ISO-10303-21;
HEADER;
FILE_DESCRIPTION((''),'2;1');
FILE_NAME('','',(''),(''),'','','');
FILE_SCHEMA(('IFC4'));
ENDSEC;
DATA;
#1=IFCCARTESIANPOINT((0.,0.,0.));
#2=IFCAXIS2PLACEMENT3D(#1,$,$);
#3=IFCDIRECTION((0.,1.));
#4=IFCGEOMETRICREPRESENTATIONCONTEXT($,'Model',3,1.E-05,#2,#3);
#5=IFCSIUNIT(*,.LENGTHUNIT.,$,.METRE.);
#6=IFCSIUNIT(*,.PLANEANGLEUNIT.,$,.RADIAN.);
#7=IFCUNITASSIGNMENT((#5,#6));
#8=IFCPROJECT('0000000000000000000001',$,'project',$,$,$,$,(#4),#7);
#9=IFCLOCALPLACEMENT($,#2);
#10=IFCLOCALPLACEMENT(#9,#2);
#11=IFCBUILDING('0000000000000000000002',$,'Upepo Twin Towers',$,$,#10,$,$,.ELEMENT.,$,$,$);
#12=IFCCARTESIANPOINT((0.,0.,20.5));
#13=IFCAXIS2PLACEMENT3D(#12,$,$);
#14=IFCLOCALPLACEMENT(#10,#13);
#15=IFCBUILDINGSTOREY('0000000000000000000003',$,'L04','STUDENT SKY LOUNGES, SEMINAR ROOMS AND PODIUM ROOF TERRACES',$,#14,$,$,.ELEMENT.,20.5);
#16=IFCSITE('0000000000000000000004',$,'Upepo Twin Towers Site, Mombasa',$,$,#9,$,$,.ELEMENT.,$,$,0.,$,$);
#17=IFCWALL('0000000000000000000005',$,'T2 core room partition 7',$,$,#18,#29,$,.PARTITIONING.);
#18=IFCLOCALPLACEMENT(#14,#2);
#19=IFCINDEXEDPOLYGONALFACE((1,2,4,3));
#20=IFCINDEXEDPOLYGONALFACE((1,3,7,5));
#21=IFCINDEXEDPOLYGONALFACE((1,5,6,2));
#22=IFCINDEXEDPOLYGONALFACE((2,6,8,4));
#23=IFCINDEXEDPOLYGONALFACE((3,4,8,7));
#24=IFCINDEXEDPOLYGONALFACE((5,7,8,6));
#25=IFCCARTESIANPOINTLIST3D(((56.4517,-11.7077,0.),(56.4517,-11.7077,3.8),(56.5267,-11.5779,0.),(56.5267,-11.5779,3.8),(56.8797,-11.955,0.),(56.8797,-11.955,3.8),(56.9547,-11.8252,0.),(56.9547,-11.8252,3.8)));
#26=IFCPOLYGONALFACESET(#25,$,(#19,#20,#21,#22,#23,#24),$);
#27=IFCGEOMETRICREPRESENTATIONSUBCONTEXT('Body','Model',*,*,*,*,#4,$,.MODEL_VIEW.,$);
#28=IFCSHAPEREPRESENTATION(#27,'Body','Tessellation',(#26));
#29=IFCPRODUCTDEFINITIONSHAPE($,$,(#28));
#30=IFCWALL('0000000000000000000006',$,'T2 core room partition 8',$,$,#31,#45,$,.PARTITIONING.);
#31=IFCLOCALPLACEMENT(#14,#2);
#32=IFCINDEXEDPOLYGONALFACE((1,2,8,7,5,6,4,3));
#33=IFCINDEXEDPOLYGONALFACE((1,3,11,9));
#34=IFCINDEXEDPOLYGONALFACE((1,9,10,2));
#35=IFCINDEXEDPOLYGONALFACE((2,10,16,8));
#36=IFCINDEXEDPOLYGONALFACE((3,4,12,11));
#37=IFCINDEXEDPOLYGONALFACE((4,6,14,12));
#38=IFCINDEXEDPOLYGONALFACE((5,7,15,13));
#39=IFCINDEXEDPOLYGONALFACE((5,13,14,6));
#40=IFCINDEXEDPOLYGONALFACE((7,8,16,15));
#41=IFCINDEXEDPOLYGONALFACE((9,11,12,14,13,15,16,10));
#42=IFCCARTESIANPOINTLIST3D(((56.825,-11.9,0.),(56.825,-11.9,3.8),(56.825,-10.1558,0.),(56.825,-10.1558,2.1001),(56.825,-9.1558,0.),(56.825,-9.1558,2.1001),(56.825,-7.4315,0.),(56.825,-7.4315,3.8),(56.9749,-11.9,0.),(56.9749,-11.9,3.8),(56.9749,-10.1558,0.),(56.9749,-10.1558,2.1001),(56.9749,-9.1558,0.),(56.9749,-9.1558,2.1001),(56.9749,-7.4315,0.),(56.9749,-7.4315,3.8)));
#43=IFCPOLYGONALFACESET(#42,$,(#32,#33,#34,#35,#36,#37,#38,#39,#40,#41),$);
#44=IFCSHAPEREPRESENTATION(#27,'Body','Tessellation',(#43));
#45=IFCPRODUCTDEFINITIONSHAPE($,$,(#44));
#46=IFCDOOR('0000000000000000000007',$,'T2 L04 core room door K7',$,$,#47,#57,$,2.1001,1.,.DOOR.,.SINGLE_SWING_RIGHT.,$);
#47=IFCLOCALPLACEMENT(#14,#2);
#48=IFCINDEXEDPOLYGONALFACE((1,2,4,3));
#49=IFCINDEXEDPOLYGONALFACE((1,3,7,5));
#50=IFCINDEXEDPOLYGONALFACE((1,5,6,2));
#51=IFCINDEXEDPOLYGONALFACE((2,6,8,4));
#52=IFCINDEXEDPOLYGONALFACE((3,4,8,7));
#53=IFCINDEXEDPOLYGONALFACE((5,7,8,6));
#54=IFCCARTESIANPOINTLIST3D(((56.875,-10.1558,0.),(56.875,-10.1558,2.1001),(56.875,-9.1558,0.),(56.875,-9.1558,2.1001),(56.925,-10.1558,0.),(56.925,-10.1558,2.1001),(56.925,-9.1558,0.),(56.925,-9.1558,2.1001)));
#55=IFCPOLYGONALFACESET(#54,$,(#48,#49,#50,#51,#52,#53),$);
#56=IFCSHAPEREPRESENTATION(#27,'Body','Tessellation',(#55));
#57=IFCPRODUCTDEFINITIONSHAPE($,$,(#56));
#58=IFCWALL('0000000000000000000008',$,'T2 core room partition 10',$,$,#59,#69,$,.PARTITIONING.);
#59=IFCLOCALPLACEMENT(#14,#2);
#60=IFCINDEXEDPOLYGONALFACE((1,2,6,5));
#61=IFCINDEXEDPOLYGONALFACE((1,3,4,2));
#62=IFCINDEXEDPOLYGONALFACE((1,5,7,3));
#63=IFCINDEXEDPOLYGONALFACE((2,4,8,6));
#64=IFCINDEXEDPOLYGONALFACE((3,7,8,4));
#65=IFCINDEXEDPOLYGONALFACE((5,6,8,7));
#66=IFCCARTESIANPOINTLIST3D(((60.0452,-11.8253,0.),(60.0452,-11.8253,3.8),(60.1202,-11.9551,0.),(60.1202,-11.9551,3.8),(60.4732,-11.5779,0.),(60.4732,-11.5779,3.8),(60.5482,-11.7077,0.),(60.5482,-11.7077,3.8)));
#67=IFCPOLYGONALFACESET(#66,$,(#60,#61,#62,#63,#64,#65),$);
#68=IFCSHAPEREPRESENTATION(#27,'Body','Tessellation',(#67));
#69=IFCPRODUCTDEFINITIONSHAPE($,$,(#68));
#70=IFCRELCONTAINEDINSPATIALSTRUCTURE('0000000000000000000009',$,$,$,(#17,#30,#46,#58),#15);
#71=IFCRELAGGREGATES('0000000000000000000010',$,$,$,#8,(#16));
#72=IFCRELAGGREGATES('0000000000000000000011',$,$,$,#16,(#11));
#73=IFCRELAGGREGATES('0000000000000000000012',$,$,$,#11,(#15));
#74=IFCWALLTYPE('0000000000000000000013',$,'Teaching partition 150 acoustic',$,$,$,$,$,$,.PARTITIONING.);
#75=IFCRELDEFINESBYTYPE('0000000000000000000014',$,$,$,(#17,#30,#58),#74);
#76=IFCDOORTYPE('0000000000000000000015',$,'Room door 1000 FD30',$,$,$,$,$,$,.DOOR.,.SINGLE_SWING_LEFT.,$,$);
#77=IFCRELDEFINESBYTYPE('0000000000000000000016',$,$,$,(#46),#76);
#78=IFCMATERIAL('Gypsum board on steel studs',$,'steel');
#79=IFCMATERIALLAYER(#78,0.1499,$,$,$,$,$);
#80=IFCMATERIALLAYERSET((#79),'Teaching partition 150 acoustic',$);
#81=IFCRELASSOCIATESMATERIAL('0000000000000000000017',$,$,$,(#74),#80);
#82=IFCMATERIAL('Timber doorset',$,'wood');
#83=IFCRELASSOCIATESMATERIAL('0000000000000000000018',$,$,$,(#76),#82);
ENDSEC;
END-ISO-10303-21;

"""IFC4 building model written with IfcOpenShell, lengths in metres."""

from ifc_helpers import new_model, si_unit, direction, frame, frame_2d, origin, place, context, subcontext, project, spatial, rectangle, extrude, material, layer, layer_set, type_object, element, fill, save


model = new_model("IFC4")

# Units and contexts
model_context = context("Model", 3, precision=1e-05, world=origin(), true_north=direction((0.0, 1.0)))
body_context = subcontext(model_context, "Body", "Model", "MODEL_VIEW")
ifc_project = project(units=[si_unit("LENGTHUNIT", "METRE"), si_unit("PLANEANGLEUNIT", "RADIAN")], contexts=[model_context])

# Site, building, storey
site_placement = place(None, origin())
site = spatial("IfcSite", under=ifc_project, at=site_placement, Name="Upepo Twin Towers Site, Mombasa", CompositionType="ELEMENT", RefElevation=0.0)
building_placement = place(site_placement, origin())
building = spatial("IfcBuilding", under=site, at=building_placement, Name="Upepo Twin Towers", CompositionType="ELEMENT")
storey_placement = place(building_placement, frame((0.0, 0.0, 20.5)))
storey = spatial("IfcBuildingStorey", under=building, at=storey_placement, Name="L04", Description="STUDENT SKY LOUNGES, SEMINAR ROOMS AND PODIUM ROOF TERRACES", CompositionType="ELEMENT", Elevation=20.5)

# Wall
ifc_material_1 = material(Name="Gypsum board on steel studs", Category="steel")
ifc_layer_1 = layer(ifc_material_1, 0.1499)
ifc_layer_set_1 = layer_set([ifc_layer_1], Name="Teaching partition 150 acoustic")
wall_type_1 = type_object("IfcWallType", Name="Teaching partition 150 acoustic", PredefinedType="PARTITIONING", material=ifc_layer_set_1)
wall_1_placement = place(storey_placement, frame((56.4893, -11.6428, 0.0), z_axis=(0.0, 0.0, 1.0), x_axis=(0.865832, -0.500335, 0.0)))
element("IfcWall", 1, at=wall_1_placement, inside=storey, type_object=wall_type_1, Name="T2 core room partition 7", PredefinedType="PARTITIONING", context=body_context, shape_type="SweptSolid", body=[
    extrude(rectangle(XDim=0.4944, YDim=0.1499, at=frame_2d((0.2471, 0.0))), origin(), (0.0, 0.0, 1.0), 3.8),
])

# Wall, opening, door
wall_2_placement = place(storey_placement, frame((56.8999, -11.9001, 0.0), z_axis=(0.0, 0.0, 1.0), x_axis=(0.0, 1.0, 0.0)))
wall_2 = element("IfcWall", 2, at=wall_2_placement, inside=storey, type_object=wall_type_1, Name="T2 core room partition 8", PredefinedType="PARTITIONING", context=body_context, shape_type="SweptSolid", body=[
    extrude(rectangle(XDim=4.4685, YDim=0.1499, at=frame_2d((2.2344, 0.0))), origin(), (0.0, 0.0, 1.0), 3.8),
])
opening_1_placement = place(wall_2_placement, frame((1.7444, 0.0, 0.0)))
opening_1 = element("IfcOpeningElement", 3, at=opening_1_placement, cuts=wall_2, PredefinedType="OPENING", context=body_context, shape_type="SweptSolid", body=[
    extrude(rectangle(XDim=1.0, YDim=2.1001, at=frame_2d((0.5, 1.05))), frame((0.0, 0.085, 0.0), z_axis=(0.0, -1.0, 0.0), x_axis=(1.0, 0.0, 0.0)), (0.0, 0.0, 1.0), 0.1699),
])
ifc_material_2 = material(Name="Timber doorset", Category="wood")
door_type_1 = type_object("IfcDoorType", Name="Room door 1000 FD30", OperationType="SINGLE_SWING_LEFT", PredefinedType="DOOR", material=ifc_material_2)
door_1_placement = place(opening_1_placement, origin())
door_1 = element("IfcDoor", 4, at=door_1_placement, inside=storey, type_object=door_type_1, Name="T2 L04 core room door K7", OperationType="SINGLE_SWING_RIGHT", OverallHeight=2.1001, OverallWidth=1.0, PredefinedType="DOOR", context=body_context, shape_type="SweptSolid", body=[
    extrude(rectangle(XDim=1.0, YDim=2.1001, at=frame_2d((0.5, 1.05))), frame((0.0, 0.0249, 0.0), z_axis=(0.0, -1.0, 0.0), x_axis=(1.0, 0.0, 0.0)), (0.0, 0.0, 1.0), 0.05),
])
fill(opening_1, door_1)

# Wall
wall_3_placement = place(storey_placement, frame((60.0828, -11.8901, 0.0), z_axis=(0.0, 0.0, 1.0), x_axis=(0.865832, 0.500335, 0.0)))
element("IfcWall", 5, at=wall_3_placement, inside=storey, type_object=wall_type_1, Name="T2 core room partition 10", PredefinedType="PARTITIONING", context=body_context, shape_type="SweptSolid", body=[
    extrude(rectangle(XDim=0.4944, YDim=0.1499, at=frame_2d((0.2471, 0.0))), origin(), (0.0, 0.0, 1.0), 3.8),
])

save(model, "model.ifc")
